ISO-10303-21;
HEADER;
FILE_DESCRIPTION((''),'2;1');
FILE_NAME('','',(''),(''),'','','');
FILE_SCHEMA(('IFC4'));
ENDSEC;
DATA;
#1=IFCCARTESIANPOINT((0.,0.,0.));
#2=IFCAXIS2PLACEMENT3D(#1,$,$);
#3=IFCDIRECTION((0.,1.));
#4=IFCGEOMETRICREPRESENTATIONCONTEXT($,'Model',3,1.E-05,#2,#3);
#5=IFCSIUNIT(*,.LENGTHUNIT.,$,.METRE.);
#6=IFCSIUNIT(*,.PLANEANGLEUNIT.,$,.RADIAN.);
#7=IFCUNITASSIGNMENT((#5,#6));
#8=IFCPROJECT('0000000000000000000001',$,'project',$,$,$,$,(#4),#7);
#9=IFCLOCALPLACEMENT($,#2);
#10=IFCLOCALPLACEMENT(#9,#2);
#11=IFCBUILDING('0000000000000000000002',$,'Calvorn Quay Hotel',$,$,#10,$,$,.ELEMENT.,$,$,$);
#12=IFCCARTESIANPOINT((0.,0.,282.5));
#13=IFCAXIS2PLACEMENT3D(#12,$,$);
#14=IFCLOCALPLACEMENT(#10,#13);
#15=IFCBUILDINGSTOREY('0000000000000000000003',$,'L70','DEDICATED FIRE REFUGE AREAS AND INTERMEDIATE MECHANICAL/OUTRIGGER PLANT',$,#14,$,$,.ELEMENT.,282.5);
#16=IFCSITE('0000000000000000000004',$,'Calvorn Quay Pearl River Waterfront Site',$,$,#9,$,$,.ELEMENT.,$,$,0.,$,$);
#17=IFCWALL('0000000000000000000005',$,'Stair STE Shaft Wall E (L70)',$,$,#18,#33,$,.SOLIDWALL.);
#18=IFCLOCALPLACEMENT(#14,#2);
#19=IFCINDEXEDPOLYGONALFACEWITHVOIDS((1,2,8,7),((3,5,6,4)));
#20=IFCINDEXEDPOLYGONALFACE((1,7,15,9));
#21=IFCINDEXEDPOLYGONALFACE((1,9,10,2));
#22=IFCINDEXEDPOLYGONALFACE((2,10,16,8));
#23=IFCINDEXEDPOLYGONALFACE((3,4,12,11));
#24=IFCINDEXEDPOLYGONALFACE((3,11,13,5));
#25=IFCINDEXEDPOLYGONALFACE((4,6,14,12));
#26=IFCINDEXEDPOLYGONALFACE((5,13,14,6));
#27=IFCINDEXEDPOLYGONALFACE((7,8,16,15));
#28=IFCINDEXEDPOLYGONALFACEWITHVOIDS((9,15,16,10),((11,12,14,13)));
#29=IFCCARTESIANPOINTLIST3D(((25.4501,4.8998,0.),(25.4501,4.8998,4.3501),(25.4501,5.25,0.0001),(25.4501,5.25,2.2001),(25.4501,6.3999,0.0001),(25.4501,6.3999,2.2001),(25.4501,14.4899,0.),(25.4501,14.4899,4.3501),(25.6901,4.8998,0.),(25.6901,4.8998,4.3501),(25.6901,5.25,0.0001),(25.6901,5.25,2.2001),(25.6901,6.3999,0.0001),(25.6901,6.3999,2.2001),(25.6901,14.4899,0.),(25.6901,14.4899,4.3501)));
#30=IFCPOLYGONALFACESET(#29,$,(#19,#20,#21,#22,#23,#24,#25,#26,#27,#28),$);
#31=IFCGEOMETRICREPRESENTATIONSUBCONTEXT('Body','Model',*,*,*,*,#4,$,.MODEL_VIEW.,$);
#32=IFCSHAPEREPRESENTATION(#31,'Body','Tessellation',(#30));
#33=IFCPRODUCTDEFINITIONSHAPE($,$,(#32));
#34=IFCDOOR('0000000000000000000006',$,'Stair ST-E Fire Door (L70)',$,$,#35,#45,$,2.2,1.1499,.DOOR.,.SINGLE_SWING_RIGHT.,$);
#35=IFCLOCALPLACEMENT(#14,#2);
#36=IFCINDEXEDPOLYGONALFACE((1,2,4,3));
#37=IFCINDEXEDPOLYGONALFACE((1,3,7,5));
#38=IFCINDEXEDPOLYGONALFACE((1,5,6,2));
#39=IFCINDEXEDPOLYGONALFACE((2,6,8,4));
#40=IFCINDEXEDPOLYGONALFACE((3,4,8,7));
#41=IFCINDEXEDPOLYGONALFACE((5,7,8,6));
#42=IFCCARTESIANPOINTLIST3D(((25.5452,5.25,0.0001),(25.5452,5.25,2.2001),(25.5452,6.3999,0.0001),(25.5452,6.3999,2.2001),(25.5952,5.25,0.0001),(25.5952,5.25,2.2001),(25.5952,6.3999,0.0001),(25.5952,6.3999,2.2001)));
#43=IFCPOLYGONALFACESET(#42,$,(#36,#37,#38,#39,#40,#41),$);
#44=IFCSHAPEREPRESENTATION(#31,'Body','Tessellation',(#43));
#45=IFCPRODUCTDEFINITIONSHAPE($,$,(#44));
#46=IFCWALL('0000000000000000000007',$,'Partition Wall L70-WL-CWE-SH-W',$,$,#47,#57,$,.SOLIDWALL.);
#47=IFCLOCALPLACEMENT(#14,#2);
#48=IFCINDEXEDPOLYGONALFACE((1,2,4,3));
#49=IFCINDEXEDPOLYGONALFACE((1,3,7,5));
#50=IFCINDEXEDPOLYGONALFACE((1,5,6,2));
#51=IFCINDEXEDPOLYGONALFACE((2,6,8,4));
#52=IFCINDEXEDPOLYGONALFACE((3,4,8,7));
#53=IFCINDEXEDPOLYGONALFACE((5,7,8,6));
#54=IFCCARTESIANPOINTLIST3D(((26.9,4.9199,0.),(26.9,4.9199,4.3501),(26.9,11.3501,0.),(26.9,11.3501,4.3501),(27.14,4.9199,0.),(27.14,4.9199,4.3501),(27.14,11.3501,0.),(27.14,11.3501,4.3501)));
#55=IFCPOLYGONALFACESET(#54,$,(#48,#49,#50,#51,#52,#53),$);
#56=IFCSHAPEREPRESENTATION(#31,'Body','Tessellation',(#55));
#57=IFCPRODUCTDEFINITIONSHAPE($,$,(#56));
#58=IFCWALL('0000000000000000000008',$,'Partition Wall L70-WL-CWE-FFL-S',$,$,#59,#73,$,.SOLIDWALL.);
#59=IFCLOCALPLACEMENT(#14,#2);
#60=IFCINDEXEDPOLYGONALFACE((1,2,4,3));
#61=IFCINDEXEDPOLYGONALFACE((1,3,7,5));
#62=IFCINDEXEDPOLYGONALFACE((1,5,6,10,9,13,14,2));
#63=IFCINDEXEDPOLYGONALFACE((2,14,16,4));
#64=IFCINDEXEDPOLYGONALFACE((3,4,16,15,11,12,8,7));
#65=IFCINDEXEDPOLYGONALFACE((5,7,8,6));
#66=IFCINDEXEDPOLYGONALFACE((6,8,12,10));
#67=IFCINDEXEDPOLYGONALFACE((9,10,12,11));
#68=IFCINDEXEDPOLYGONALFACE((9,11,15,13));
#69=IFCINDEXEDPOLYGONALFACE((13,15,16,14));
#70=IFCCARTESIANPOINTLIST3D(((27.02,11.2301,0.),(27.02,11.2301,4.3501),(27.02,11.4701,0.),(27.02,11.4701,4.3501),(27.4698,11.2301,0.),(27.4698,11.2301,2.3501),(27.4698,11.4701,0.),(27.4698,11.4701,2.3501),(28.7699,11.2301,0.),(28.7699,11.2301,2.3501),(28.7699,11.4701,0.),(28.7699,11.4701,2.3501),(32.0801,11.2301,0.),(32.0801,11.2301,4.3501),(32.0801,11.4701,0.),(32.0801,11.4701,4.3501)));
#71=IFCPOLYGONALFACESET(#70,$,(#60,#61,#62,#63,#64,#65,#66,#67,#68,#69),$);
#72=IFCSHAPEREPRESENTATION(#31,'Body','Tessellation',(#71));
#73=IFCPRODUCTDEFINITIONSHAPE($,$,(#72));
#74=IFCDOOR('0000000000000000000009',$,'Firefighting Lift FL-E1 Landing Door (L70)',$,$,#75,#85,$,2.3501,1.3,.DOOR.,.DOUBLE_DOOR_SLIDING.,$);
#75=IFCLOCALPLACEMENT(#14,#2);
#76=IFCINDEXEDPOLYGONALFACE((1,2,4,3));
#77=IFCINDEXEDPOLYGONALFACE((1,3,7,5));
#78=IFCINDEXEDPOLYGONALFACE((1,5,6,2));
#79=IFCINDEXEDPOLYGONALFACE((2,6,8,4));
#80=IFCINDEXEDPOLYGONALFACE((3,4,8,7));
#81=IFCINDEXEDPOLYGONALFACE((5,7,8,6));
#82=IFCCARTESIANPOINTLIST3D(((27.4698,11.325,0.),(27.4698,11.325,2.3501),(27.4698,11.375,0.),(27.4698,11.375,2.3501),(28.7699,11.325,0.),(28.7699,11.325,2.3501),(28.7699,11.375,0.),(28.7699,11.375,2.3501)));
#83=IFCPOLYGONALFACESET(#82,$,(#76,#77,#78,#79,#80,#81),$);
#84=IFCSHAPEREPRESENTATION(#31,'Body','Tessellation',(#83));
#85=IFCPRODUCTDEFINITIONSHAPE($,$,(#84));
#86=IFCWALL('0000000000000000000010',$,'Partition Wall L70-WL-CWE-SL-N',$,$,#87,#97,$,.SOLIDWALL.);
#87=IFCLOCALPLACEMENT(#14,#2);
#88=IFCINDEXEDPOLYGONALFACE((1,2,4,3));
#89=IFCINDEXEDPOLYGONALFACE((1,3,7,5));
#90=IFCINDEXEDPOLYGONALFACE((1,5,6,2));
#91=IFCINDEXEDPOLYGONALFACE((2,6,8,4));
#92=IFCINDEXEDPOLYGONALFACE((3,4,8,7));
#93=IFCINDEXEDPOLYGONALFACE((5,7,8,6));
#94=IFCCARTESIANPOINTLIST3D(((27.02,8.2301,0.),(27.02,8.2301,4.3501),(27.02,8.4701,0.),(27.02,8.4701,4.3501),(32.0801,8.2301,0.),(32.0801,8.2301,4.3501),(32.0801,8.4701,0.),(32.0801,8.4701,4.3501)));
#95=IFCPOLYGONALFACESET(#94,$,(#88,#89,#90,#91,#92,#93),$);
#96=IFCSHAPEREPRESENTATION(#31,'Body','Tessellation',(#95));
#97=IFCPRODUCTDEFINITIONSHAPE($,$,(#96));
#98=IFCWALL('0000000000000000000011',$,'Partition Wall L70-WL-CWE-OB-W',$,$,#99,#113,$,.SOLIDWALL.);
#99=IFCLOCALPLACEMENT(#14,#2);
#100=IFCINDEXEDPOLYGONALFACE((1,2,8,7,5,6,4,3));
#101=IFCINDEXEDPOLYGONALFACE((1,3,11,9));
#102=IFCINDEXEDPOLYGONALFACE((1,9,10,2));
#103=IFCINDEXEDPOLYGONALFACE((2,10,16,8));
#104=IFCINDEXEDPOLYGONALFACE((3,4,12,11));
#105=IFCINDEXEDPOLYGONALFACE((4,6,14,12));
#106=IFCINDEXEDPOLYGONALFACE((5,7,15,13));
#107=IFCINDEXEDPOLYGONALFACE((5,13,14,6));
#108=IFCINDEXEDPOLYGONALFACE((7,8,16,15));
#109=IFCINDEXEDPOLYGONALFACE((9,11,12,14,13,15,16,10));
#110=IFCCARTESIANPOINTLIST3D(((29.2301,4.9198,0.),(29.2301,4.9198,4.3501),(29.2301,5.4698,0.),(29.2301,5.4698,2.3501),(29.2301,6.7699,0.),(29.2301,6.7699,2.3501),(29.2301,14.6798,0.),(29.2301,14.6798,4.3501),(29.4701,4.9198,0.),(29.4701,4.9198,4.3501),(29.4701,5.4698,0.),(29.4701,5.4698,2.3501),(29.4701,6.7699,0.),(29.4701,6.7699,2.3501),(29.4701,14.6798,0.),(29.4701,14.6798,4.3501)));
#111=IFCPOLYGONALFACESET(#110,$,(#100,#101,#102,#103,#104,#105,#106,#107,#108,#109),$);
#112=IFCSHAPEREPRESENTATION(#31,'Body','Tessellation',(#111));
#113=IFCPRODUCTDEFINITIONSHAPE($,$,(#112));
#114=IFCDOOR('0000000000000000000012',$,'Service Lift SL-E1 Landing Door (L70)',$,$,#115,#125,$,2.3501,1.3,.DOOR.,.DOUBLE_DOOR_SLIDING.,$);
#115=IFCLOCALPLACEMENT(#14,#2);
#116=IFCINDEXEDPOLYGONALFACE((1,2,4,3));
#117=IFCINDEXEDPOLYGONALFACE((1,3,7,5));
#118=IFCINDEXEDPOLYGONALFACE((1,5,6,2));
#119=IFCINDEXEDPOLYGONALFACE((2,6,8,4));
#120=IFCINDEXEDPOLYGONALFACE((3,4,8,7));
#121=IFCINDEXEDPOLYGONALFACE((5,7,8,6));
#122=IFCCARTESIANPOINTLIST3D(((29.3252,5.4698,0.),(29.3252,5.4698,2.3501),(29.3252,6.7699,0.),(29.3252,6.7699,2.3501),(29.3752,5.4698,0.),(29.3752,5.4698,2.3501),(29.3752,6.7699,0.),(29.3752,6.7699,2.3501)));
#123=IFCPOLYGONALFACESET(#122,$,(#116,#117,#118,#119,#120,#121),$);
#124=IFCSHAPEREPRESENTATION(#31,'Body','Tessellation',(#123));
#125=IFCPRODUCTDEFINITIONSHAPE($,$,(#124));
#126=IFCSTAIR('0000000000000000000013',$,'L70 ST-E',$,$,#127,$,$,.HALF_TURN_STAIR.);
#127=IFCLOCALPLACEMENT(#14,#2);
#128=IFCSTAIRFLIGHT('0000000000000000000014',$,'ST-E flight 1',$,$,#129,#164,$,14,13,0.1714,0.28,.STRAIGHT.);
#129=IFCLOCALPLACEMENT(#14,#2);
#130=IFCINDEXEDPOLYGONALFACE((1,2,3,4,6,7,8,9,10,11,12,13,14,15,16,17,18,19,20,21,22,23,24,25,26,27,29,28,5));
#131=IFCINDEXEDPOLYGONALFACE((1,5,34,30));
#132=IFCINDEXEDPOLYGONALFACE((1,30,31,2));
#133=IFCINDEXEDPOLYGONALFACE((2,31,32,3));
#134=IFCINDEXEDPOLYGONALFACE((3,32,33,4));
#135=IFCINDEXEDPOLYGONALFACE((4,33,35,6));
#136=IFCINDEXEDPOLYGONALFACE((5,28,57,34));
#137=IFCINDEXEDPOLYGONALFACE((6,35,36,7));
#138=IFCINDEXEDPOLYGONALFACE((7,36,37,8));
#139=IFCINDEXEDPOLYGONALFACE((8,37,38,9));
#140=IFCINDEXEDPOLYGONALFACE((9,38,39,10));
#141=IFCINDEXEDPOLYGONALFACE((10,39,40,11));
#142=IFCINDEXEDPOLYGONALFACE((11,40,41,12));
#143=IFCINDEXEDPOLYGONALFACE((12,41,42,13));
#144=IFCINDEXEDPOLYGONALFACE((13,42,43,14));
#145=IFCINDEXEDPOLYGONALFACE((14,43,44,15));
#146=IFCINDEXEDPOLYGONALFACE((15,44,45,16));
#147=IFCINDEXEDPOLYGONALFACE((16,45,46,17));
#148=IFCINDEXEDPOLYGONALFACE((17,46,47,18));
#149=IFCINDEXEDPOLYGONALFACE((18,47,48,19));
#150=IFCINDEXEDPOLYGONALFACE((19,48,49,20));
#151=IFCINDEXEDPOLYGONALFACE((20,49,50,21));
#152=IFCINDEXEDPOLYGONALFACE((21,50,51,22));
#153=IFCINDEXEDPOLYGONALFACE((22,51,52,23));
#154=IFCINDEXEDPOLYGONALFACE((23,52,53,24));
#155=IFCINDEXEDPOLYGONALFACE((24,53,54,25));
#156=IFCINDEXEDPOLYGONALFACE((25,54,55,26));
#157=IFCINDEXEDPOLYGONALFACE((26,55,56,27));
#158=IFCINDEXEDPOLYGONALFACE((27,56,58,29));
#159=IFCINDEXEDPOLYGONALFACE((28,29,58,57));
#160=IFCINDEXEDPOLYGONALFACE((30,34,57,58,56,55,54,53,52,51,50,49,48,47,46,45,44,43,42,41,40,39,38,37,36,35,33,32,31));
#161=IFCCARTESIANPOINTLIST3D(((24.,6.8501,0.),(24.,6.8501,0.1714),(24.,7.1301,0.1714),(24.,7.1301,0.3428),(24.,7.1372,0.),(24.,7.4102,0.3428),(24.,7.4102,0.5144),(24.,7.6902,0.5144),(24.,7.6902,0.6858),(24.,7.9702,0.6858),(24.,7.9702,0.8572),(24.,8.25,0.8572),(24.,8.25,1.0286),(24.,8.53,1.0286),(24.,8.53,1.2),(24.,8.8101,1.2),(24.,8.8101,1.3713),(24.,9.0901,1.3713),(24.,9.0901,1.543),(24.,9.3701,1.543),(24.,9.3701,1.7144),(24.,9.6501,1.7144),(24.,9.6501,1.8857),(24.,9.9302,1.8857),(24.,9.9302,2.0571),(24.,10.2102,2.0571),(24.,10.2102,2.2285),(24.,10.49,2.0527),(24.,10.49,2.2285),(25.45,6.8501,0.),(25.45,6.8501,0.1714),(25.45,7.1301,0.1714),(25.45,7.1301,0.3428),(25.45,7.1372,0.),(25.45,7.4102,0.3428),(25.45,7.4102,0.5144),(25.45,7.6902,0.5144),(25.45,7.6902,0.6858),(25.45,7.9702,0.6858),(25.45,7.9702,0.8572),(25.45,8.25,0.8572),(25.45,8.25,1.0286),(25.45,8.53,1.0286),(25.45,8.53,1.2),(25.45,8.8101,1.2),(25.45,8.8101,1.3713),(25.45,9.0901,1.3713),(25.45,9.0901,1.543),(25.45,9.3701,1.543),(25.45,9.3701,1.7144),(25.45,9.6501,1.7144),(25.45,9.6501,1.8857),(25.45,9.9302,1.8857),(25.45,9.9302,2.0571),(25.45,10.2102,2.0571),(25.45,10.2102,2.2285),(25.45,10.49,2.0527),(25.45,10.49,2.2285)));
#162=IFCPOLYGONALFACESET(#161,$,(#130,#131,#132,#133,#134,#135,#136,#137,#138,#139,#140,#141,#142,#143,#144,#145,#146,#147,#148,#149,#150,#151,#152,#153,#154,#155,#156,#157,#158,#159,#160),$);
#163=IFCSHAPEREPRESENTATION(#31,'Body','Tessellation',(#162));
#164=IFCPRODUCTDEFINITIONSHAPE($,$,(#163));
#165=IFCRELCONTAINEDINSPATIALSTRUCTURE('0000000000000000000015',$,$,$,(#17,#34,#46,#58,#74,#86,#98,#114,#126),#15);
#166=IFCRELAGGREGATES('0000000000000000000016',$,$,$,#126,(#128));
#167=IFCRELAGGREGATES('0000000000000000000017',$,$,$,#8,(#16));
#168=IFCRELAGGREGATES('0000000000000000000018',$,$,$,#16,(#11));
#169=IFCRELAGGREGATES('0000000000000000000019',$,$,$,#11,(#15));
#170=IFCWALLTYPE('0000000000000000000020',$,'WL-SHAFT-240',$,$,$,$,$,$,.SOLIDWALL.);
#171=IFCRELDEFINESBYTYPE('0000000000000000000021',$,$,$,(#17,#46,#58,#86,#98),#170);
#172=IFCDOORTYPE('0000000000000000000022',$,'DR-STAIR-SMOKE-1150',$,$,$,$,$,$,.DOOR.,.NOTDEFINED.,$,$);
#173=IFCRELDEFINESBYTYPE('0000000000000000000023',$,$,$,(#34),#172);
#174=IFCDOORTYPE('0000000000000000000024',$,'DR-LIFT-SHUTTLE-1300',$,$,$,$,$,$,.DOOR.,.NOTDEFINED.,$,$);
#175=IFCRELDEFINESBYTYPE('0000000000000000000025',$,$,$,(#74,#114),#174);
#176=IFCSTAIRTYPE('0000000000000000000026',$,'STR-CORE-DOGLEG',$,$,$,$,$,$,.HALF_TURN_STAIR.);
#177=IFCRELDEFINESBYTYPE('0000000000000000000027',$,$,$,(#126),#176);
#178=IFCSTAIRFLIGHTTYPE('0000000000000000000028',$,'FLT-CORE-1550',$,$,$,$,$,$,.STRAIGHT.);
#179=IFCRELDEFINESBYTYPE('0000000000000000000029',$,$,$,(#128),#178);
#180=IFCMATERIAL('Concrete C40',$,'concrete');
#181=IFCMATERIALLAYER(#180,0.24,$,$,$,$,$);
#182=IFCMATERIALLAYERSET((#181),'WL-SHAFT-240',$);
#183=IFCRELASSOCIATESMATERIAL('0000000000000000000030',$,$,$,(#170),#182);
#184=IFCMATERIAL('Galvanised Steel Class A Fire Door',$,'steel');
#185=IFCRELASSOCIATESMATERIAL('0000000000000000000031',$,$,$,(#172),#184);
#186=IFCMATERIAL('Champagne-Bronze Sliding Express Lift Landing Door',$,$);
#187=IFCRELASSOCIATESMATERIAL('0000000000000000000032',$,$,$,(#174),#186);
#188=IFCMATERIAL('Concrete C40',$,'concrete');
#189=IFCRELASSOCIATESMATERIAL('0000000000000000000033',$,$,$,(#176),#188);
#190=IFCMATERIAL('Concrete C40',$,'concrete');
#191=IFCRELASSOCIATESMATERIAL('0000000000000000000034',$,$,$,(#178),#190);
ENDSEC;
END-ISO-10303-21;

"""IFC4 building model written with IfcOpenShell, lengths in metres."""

from ifc_helpers import new_model, si_unit, direction, frame, frame_2d, origin, place, context, subcontext, project, spatial, polyline, rectangle, outline, extrude, material, layer, layer_set, type_object, element, fill, aggregate, save


model = new_model("IFC4")

# Units and contexts
model_context = context("Model", 3, precision=1e-05, world=origin(), true_north=direction((0.0, 1.0)))
body_context = subcontext(model_context, "Body", "Model", "MODEL_VIEW")
ifc_project = project(units=[si_unit("LENGTHUNIT", "METRE"), si_unit("PLANEANGLEUNIT", "RADIAN")], contexts=[model_context])

# Site, building, storey
site_placement = place(None, origin())
site = spatial("IfcSite", under=ifc_project, at=site_placement, Name="Calvorn Quay Pearl River Waterfront Site", CompositionType="ELEMENT", RefElevation=0.0)
building_placement = place(site_placement, origin())
building = spatial("IfcBuilding", under=site, at=building_placement, Name="Calvorn Quay Hotel", CompositionType="ELEMENT")
storey_placement = place(building_placement, frame((0.0, 0.0, 282.5)))
storey = spatial("IfcBuildingStorey", under=building, at=storey_placement, Name="L70", Description="DEDICATED FIRE REFUGE AREAS AND INTERMEDIATE MECHANICAL/OUTRIGGER PLANT", CompositionType="ELEMENT", Elevation=282.5)

# Wall, opening, door
ifc_material_1 = material(Name="Concrete C40", Category="concrete")
ifc_layer_1 = layer(ifc_material_1, 0.24)
ifc_layer_set_1 = layer_set([ifc_layer_1], Name="WL-SHAFT-240")
wall_type_1 = type_object("IfcWallType", Name="WL-SHAFT-240", PredefinedType="SOLIDWALL", material=ifc_layer_set_1)
wall_1_placement = place(storey_placement, frame((25.5701, 4.8999, 0.0), z_axis=(0.0, 0.0, 1.0), x_axis=(0.0, 1.0, 0.0)))
wall_1 = element("IfcWall", 1, at=wall_1_placement, inside=storey, type_object=wall_type_1, Name="Stair STE Shaft Wall E (L70)", PredefinedType="SOLIDWALL", context=body_context, shape_type="SweptSolid", body=[
    extrude(rectangle(XDim=9.5901, YDim=0.24, at=frame_2d((4.7949, 0.0))), origin(), (0.0, 0.0, 1.0), 4.3501),
])
opening_1_placement = place(wall_1_placement, frame((0.3501, 0.0, 0.0)))
opening_1 = element("IfcOpeningElement", 2, at=opening_1_placement, cuts=wall_1, PredefinedType="OPENING", context=body_context, shape_type="SweptSolid", body=[
    extrude(rectangle(XDim=1.1499, YDim=2.2, at=frame_2d((0.575, 1.1001))), frame((0.0, 0.1299, 0.0), z_axis=(0.0, -1.0, 0.0), x_axis=(1.0, 0.0, 0.0)), (0.0, 0.0, 1.0), 0.26),
])
ifc_material_2 = material(Name="Galvanised Steel Class A Fire Door", Category="steel")
door_type_1 = type_object("IfcDoorType", Name="DR-STAIR-SMOKE-1150", OperationType="NOTDEFINED", PredefinedType="DOOR", material=ifc_material_2)
door_1_placement = place(opening_1_placement, origin())
door_1 = element("IfcDoor", 3, at=door_1_placement, inside=storey, type_object=door_type_1, Name="Stair ST-E Fire Door (L70)", OperationType="SINGLE_SWING_RIGHT", OverallHeight=2.2, OverallWidth=1.1499, PredefinedType="DOOR", context=body_context, shape_type="SweptSolid", body=[
    extrude(rectangle(XDim=1.1499, YDim=2.2, at=frame_2d((0.575, 1.1001))), frame((0.0, 0.0249, 0.0), z_axis=(0.0, -1.0, 0.0), x_axis=(1.0, 0.0, 0.0)), (0.0, 0.0, 1.0), 0.05),
])
fill(opening_1, door_1)

# Wall
wall_2_placement = place(storey_placement, frame((27.02, 4.9199, 0.0), z_axis=(0.0, 0.0, 1.0), x_axis=(0.0, 1.0, 0.0)))
element("IfcWall", 4, at=wall_2_placement, inside=storey, type_object=wall_type_1, Name="Partition Wall L70-WL-CWE-SH-W", PredefinedType="SOLIDWALL", context=body_context, shape_type="SweptSolid", body=[
    extrude(rectangle(XDim=6.4302, YDim=0.24, at=frame_2d((3.2151, 0.0))), origin(), (0.0, 0.0, 1.0), 4.3501),
])

# Wall, opening, door
wall_3_placement = place(storey_placement, frame((27.02, 11.3501, 0.0), z_axis=(0.0, 0.0, 1.0), x_axis=(1.0, 0.0, 0.0)))
wall_3 = element("IfcWall", 5, at=wall_3_placement, inside=storey, type_object=wall_type_1, Name="Partition Wall L70-WL-CWE-FFL-S", PredefinedType="SOLIDWALL", context=body_context, shape_type="SweptSolid", body=[
    extrude(rectangle(XDim=5.0601, YDim=0.24, at=frame_2d((2.53, 0.0))), origin(), (0.0, 0.0, 1.0), 4.3501),
])
opening_2_placement = place(wall_3_placement, frame((0.45, 0.0, 0.0)))
opening_2 = element("IfcOpeningElement", 6, at=opening_2_placement, cuts=wall_3, PredefinedType="OPENING", context=body_context, shape_type="SweptSolid", body=[
    extrude(rectangle(XDim=1.3, YDim=2.3501, at=frame_2d((0.6499, 1.175))), frame((0.0, 0.1299, 0.0), z_axis=(0.0, -1.0, 0.0), x_axis=(1.0, 0.0, 0.0)), (0.0, 0.0, 1.0), 0.26),
])
ifc_material_3 = material(Name="Champagne-Bronze Sliding Express Lift Landing Door")
door_type_2 = type_object("IfcDoorType", Name="DR-LIFT-SHUTTLE-1300", OperationType="NOTDEFINED", PredefinedType="DOOR", material=ifc_material_3)
door_2_placement = place(opening_2_placement, origin())
door_2 = element("IfcDoor", 7, at=door_2_placement, inside=storey, type_object=door_type_2, Name="Firefighting Lift FL-E1 Landing Door (L70)", OperationType="DOUBLE_DOOR_SLIDING", OverallHeight=2.3501, OverallWidth=1.3, PredefinedType="DOOR", context=body_context, shape_type="SweptSolid", body=[
    extrude(rectangle(XDim=1.3, YDim=2.3501, at=frame_2d((0.6499, 1.175))), frame((0.0, 0.0249, 0.0), z_axis=(0.0, -1.0, 0.0), x_axis=(1.0, 0.0, 0.0)), (0.0, 0.0, 1.0), 0.05),
])
fill(opening_2, door_2)

# Wall
wall_4_placement = place(storey_placement, frame((27.02, 8.3501, 0.0), z_axis=(0.0, 0.0, 1.0), x_axis=(1.0, 0.0, 0.0)))
element("IfcWall", 8, at=wall_4_placement, inside=storey, type_object=wall_type_1, Name="Partition Wall L70-WL-CWE-SL-N", PredefinedType="SOLIDWALL", context=body_context, shape_type="SweptSolid", body=[
    extrude(rectangle(XDim=5.0601, YDim=0.24, at=frame_2d((2.53, 0.0))), origin(), (0.0, 0.0, 1.0), 4.3501),
])

# Wall, opening, door
wall_5_placement = place(storey_placement, frame((29.3501, 4.9199, 0.0), z_axis=(0.0, 0.0, 1.0), x_axis=(0.0, 1.0, 0.0)))
wall_5 = element("IfcWall", 9, at=wall_5_placement, inside=storey, type_object=wall_type_1, Name="Partition Wall L70-WL-CWE-OB-W", PredefinedType="SOLIDWALL", context=body_context, shape_type="SweptSolid", body=[
    extrude(rectangle(XDim=9.76, YDim=0.24, at=frame_2d((4.8799, 0.0))), origin(), (0.0, 0.0, 1.0), 4.3501),
])
opening_3_placement = place(wall_5_placement, frame((0.55, 0.0, 0.0)))
opening_3 = element("IfcOpeningElement", 10, at=opening_3_placement, cuts=wall_5, PredefinedType="OPENING", context=body_context, shape_type="SweptSolid", body=[
    extrude(rectangle(XDim=1.3, YDim=2.3501, at=frame_2d((0.6499, 1.175))), frame((0.0, 0.1299, 0.0), z_axis=(0.0, -1.0, 0.0), x_axis=(1.0, 0.0, 0.0)), (0.0, 0.0, 1.0), 0.26),
])
door_3_placement = place(opening_3_placement, origin())
door_3 = element("IfcDoor", 11, at=door_3_placement, inside=storey, type_object=door_type_2, Name="Service Lift SL-E1 Landing Door (L70)", OperationType="DOUBLE_DOOR_SLIDING", OverallHeight=2.3501, OverallWidth=1.3, PredefinedType="DOOR", context=body_context, shape_type="SweptSolid", body=[
    extrude(rectangle(XDim=1.3, YDim=2.3501, at=frame_2d((0.6499, 1.175))), frame((0.0, 0.0249, 0.0), z_axis=(0.0, -1.0, 0.0), x_axis=(1.0, 0.0, 0.0)), (0.0, 0.0, 1.0), 0.05),
])
fill(opening_3, door_3)

# Stair, stair flight
ifc_material_4 = material(Name="Concrete C40", Category="concrete")
stair_type = type_object("IfcStairType", Name="STR-CORE-DOGLEG", PredefinedType="HALF_TURN_STAIR", material=ifc_material_4)
stair_placement = place(storey_placement, origin())
stair = element("IfcStair", 12, at=stair_placement, inside=storey, type_object=stair_type, Name="L70 ST-E", PredefinedType="HALF_TURN_STAIR")
ifc_material_5 = material(Name="Concrete C40", Category="concrete")
stair_flight_type = type_object("IfcStairFlightType", Name="FLT-CORE-1550", PredefinedType="STRAIGHT", material=ifc_material_5)
stair_flight_placement = place(storey_placement, frame((24.7251, 6.8501, 0.0), z_axis=(0.0, 0.0, 1.0), x_axis=(0.0, 1.0, 0.0)))
stair_flight = element("IfcStairFlight", 13, at=stair_flight_placement, type_object=stair_flight_type, Name="ST-E flight 1", NumberOfRisers=14, NumberOfTreads=13, PredefinedType="STRAIGHT", RiserHeight=0.1714, TreadLength=0.28, context=body_context, shape_type="SweptSolid", body=[
    extrude(outline(polyline([(0.0, 0.0), (0.0, 0.1714), (0.28, 0.1714), (0.28, 0.3428), (0.5601, 0.3428), (0.5601, 0.5144), (0.8401, 0.5144), (0.8401, 0.6858), (1.1201, 0.6858), (1.1201, 0.8572), (1.3999, 0.8572), (1.3999, 1.0286), (1.6799, 1.0286), (1.6799, 1.2), (1.96, 1.2), (1.96, 1.3713), (2.24, 1.3713), (2.24, 1.543), (2.52, 1.543), (2.52, 1.7144), (2.8, 1.7144), (2.8, 1.8857), (3.0801, 1.8857), (3.0801, 2.0571), (3.3601, 2.0571), (3.3601, 2.2285), (3.6399, 2.2285), (3.6399, 2.3999), (3.6399, 2.0527), (0.2871, 0.0), (0.0, 0.0)])), frame((0.0, 0.7251, 0.0), z_axis=(0.0, -1.0, 0.0), x_axis=(1.0, 0.0, 0.0)), (0.0, 0.0, 1.0), 1.45),
])
aggregate(stair, [stair_flight])

save(model, "model.ifc")
